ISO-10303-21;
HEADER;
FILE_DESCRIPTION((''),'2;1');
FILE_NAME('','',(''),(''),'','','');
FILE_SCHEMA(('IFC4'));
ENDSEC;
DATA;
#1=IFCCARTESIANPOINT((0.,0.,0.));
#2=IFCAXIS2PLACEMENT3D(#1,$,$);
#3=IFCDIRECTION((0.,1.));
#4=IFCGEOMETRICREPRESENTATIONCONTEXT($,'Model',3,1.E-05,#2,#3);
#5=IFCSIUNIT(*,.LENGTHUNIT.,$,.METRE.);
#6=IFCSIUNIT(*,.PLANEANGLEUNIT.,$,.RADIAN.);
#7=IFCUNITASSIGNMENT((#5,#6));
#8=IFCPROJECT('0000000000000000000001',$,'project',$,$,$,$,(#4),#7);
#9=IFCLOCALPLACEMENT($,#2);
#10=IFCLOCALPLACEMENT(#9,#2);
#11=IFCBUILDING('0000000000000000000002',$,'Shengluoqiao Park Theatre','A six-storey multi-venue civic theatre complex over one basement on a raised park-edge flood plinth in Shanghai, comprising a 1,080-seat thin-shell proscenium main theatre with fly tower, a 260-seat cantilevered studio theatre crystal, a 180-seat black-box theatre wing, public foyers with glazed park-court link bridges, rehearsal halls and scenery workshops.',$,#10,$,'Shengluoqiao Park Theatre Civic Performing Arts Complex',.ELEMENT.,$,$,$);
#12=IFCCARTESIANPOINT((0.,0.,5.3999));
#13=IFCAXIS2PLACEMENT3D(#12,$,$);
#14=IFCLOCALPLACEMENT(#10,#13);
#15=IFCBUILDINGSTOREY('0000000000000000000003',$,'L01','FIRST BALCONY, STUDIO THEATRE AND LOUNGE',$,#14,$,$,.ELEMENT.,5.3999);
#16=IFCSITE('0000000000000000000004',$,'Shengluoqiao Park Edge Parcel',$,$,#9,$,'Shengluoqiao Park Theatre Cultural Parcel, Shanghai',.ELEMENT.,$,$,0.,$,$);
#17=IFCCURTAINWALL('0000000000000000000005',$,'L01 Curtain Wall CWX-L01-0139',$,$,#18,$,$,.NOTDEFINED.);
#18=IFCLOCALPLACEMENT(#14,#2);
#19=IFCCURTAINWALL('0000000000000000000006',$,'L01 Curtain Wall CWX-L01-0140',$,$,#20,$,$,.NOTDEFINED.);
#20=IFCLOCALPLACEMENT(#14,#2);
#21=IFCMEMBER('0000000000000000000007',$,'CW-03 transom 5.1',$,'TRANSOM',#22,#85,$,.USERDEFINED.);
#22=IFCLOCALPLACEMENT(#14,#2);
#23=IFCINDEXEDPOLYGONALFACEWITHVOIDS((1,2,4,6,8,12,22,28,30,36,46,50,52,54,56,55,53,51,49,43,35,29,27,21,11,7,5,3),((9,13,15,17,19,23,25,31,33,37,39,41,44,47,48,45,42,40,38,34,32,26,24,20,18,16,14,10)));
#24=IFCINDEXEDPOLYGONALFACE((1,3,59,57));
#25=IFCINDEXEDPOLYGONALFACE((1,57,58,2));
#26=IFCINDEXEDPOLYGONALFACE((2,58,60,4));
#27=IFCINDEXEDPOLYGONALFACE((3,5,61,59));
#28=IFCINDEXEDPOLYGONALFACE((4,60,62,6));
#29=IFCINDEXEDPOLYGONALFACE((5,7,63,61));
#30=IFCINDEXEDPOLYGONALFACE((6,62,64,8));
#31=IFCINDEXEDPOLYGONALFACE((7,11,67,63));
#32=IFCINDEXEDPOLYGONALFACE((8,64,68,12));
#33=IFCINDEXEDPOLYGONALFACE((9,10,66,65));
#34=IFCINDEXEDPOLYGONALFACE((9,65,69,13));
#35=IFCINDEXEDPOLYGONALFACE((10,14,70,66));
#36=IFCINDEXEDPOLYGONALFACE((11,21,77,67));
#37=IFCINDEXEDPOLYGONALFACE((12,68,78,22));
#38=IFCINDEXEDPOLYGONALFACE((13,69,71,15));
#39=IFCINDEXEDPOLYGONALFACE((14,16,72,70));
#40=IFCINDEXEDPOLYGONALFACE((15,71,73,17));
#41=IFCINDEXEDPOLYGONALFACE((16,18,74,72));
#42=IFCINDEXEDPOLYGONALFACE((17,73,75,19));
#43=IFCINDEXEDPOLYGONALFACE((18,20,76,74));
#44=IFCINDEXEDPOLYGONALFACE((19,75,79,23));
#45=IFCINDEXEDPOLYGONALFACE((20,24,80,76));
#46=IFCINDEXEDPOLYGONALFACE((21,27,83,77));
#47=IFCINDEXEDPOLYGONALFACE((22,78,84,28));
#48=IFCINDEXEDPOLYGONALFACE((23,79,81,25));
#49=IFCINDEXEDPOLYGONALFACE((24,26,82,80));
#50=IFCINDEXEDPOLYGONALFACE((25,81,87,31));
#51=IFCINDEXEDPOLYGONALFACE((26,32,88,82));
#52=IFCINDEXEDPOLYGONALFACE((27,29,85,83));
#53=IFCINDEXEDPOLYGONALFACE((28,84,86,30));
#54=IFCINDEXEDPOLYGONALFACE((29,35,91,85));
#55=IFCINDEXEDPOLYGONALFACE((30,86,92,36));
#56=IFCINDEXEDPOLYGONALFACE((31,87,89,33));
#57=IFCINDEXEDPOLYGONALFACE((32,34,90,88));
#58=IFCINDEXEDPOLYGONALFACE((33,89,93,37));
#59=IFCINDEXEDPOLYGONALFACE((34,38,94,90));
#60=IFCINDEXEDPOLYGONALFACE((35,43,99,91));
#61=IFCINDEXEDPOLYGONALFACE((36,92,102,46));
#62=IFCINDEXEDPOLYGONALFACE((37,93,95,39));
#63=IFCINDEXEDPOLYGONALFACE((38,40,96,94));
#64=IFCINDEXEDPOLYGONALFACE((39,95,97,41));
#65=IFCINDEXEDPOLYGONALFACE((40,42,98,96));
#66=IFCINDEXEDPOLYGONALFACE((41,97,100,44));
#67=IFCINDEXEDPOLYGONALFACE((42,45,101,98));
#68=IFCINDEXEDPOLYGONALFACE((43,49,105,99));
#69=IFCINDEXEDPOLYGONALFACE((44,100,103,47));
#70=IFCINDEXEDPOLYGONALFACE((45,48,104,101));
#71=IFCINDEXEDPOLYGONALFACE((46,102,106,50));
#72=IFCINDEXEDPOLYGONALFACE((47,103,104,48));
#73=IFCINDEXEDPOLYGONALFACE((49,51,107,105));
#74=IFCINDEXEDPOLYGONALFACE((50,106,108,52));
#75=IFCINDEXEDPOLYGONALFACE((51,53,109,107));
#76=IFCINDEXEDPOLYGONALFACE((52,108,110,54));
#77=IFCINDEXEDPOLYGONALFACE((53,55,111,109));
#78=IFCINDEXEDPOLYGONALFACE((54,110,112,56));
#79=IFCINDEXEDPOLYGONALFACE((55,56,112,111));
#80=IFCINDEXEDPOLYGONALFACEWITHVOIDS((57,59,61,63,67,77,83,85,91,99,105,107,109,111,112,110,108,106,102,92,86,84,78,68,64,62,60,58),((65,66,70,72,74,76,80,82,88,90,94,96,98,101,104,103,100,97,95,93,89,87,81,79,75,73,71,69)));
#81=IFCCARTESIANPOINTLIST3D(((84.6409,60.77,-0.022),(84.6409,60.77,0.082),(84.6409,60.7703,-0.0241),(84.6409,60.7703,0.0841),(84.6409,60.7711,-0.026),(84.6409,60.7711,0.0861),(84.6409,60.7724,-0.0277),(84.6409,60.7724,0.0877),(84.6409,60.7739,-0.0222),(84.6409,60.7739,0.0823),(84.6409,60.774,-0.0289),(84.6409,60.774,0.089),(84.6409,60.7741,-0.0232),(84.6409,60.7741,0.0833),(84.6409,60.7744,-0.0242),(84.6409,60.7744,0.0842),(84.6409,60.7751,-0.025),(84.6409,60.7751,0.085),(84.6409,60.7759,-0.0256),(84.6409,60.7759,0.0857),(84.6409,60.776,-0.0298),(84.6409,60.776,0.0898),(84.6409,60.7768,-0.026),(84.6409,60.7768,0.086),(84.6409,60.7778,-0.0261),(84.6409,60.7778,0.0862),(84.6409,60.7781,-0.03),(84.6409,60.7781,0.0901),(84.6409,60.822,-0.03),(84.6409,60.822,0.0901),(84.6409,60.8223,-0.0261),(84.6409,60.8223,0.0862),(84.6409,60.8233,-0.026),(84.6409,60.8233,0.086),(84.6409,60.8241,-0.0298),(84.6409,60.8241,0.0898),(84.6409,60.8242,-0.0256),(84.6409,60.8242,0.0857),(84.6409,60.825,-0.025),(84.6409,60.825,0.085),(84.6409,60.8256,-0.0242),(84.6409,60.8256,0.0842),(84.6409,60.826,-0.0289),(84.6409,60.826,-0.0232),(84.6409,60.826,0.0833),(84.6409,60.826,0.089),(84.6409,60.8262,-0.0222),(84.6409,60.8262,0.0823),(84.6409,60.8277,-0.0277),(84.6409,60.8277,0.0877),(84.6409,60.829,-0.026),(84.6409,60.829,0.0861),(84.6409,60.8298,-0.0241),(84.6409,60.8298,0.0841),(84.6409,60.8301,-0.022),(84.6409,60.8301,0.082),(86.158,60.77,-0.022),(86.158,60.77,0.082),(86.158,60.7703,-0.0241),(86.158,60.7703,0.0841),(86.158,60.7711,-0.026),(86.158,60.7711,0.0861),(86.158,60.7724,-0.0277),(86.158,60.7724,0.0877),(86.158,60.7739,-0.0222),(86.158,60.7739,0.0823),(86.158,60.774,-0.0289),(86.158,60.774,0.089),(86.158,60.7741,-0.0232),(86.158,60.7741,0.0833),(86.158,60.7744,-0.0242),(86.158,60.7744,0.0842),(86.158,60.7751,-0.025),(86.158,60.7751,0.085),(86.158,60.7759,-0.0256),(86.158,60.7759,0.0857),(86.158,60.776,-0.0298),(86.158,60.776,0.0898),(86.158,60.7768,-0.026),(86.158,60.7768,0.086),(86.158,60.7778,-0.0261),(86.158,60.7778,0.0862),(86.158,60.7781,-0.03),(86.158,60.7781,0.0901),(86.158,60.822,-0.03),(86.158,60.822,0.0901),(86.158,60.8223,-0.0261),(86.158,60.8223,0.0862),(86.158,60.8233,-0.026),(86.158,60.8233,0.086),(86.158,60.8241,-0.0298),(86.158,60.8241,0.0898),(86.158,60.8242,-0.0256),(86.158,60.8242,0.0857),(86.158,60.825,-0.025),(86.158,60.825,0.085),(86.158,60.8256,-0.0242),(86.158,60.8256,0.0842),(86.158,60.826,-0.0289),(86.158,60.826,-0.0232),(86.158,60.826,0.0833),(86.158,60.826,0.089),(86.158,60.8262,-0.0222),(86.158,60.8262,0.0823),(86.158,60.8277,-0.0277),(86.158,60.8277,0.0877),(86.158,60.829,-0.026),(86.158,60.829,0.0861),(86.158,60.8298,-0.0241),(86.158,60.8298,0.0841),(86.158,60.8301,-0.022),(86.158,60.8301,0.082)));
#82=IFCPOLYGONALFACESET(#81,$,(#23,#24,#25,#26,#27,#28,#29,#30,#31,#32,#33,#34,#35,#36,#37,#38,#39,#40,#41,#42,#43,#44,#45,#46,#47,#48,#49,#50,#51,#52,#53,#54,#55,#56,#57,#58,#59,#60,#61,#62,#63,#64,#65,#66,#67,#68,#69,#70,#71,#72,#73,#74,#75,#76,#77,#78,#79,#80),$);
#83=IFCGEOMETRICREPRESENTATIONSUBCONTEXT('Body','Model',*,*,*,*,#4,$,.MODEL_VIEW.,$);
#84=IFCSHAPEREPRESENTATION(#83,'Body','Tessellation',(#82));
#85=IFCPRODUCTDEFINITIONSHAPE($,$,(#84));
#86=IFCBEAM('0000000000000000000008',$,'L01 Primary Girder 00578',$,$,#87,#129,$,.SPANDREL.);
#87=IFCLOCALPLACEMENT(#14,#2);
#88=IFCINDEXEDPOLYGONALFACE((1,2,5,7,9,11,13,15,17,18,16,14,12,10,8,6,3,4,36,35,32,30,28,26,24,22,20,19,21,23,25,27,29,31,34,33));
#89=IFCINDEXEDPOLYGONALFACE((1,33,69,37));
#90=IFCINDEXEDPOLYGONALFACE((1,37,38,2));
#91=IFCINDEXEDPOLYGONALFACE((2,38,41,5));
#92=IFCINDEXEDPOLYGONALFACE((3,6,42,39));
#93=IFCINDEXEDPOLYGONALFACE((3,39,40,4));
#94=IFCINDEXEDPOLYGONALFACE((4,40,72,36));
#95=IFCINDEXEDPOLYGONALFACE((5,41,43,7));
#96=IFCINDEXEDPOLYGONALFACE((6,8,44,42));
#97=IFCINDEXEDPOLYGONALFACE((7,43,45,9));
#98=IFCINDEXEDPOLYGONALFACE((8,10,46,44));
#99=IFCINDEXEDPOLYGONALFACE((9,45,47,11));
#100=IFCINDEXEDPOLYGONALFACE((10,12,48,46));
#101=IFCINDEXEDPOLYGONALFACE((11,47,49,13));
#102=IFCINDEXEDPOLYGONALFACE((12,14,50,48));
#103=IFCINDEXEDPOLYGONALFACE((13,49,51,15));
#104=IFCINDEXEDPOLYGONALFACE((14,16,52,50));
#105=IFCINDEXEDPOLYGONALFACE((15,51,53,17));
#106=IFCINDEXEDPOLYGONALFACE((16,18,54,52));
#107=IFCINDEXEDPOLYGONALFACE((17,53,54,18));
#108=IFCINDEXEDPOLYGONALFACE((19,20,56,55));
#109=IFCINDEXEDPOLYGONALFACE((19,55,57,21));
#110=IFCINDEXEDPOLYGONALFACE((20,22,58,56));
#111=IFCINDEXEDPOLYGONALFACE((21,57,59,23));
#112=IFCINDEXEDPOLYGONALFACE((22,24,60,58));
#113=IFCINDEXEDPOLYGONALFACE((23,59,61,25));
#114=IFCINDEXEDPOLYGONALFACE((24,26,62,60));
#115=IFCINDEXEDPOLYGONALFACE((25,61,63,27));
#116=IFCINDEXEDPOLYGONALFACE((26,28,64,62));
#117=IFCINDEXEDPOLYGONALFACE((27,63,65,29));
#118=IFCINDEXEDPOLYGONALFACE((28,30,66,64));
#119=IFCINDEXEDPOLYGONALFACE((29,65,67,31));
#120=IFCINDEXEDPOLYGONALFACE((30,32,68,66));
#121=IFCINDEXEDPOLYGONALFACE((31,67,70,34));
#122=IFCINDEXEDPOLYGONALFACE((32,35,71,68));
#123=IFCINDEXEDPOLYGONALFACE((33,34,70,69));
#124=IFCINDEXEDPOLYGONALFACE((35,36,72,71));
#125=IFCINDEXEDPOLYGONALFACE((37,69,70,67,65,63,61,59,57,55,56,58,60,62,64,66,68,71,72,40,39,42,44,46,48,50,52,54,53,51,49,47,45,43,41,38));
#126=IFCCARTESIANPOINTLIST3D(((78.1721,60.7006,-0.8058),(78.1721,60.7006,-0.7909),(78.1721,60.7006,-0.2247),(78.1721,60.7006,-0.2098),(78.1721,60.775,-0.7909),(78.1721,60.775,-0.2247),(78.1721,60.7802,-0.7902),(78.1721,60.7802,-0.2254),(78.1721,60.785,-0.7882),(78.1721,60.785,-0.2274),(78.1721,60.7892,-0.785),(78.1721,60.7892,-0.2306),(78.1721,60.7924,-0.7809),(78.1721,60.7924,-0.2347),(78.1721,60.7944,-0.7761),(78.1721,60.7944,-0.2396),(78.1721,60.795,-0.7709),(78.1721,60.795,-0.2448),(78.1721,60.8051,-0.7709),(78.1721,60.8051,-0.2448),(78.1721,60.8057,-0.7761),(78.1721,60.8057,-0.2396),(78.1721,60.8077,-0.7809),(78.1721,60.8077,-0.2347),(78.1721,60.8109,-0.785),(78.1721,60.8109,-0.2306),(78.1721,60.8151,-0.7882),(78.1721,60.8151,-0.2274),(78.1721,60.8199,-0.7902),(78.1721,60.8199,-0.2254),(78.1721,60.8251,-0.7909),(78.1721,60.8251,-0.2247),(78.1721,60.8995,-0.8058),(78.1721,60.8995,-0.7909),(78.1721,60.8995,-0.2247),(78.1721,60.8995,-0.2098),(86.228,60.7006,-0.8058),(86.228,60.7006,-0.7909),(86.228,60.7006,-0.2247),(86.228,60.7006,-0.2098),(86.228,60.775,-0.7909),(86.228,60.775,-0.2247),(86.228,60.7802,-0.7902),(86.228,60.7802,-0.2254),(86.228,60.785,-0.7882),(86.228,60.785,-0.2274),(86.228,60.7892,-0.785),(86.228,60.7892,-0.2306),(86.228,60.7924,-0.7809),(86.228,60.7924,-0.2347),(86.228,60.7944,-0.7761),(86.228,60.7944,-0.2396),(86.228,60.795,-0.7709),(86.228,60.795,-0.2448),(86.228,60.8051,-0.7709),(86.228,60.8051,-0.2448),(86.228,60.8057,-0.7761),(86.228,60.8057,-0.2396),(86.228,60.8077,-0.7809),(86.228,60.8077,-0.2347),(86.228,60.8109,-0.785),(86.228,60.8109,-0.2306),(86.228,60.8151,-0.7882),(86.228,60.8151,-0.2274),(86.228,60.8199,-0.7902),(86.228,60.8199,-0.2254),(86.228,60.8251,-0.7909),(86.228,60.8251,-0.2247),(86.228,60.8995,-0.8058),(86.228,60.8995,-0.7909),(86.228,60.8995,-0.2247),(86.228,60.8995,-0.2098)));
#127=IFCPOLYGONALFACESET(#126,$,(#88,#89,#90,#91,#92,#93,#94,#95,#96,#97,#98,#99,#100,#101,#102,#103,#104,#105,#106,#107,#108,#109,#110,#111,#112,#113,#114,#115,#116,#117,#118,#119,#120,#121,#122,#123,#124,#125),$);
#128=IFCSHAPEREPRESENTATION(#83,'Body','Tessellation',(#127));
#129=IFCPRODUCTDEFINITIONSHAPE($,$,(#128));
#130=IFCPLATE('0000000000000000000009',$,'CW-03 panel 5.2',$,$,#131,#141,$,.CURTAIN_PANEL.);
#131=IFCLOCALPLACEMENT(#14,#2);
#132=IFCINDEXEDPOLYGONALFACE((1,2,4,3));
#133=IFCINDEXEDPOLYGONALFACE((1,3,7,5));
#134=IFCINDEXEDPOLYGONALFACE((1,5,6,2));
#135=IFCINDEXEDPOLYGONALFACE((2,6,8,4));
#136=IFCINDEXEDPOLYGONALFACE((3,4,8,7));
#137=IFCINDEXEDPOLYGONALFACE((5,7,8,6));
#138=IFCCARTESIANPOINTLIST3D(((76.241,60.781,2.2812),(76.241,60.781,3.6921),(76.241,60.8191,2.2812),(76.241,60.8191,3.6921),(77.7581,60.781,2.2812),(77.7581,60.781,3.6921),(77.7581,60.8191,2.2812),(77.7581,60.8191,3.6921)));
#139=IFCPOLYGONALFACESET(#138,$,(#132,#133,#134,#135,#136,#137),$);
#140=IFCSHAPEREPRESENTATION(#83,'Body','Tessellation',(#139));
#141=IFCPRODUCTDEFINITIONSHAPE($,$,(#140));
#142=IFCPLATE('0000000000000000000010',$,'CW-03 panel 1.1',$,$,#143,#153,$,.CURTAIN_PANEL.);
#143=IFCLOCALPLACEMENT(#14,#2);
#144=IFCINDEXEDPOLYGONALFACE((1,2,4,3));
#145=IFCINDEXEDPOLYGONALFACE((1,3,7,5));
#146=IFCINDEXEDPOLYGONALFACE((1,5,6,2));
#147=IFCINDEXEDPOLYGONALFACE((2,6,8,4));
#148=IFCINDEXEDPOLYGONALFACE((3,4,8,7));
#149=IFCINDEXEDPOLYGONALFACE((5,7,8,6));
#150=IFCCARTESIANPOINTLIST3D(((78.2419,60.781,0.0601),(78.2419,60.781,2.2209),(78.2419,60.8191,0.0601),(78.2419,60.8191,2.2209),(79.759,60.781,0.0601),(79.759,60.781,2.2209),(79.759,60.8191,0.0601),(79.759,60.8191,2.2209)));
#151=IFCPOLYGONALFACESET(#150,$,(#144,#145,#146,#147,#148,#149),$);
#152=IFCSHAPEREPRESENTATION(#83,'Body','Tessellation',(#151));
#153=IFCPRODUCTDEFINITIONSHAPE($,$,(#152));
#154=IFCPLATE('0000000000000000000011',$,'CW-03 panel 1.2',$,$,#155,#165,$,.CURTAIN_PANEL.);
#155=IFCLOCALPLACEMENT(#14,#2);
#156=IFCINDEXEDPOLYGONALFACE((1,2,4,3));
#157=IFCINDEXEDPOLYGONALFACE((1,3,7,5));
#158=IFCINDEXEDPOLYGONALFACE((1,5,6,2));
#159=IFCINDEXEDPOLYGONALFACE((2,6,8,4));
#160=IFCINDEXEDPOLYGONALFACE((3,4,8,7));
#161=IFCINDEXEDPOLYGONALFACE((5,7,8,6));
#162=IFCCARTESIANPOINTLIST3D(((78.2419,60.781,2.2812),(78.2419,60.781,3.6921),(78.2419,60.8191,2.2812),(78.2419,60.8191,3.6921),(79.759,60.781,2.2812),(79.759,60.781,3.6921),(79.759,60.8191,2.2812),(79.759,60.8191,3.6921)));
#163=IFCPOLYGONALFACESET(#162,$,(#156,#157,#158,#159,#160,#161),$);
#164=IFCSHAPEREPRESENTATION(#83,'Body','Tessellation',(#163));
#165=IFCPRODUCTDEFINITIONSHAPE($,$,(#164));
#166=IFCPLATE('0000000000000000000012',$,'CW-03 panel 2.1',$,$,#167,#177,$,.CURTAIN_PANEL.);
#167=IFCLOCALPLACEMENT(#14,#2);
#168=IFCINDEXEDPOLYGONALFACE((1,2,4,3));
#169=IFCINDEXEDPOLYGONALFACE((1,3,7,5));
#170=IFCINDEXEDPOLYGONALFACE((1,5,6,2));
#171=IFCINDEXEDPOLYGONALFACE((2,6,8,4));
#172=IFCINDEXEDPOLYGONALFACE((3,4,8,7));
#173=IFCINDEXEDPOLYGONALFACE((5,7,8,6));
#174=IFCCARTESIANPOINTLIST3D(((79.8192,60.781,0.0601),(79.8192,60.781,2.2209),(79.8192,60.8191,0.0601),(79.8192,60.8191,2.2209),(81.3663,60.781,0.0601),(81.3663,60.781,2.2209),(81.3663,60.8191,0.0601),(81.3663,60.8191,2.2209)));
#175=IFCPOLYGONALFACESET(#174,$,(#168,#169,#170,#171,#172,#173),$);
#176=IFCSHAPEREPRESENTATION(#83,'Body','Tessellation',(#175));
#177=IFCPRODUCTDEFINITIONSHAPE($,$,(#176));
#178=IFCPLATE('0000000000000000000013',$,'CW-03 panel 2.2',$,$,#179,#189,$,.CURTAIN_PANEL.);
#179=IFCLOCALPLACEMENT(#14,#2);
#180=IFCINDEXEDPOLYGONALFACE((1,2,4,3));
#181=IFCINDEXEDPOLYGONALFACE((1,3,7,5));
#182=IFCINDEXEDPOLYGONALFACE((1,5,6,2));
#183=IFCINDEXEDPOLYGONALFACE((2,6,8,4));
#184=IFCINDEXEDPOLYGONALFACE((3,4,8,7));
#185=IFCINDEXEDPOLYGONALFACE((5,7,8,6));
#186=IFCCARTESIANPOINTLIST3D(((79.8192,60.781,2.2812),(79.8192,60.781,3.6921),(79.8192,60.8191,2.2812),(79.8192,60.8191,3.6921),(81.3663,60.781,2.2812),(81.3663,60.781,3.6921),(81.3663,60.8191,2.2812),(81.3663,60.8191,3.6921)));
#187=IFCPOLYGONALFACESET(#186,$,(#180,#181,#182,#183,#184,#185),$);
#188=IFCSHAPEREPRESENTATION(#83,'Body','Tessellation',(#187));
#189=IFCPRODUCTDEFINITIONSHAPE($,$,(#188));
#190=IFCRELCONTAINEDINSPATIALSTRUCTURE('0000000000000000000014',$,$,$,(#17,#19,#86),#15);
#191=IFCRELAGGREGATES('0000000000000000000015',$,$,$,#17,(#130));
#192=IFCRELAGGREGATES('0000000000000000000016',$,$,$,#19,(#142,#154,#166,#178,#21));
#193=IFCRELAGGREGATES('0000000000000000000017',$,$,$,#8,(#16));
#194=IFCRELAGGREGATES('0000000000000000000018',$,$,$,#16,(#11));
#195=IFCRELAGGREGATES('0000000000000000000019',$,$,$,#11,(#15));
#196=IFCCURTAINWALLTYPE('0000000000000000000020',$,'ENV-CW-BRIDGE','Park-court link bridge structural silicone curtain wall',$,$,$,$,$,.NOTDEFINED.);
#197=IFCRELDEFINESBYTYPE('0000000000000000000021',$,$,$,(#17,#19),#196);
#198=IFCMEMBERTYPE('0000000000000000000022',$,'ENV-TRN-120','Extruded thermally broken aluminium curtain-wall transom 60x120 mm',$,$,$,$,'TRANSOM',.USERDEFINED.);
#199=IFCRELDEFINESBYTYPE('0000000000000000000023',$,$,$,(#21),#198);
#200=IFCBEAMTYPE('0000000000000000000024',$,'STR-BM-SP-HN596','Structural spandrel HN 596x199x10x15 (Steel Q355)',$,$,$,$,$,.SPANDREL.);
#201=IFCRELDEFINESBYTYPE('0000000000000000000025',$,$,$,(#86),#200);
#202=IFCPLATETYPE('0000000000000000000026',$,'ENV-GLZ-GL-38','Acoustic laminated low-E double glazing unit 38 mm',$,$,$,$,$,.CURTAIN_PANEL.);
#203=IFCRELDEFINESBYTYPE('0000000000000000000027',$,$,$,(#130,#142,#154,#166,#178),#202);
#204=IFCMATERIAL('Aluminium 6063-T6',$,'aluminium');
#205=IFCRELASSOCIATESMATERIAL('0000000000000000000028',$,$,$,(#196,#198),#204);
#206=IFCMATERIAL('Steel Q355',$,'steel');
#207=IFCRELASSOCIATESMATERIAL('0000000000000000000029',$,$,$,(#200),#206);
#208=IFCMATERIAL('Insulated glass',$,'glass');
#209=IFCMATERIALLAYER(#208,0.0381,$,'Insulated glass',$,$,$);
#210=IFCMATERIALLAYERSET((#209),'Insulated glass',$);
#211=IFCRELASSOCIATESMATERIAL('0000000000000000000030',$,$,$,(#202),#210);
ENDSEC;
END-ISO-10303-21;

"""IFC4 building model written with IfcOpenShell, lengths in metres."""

from ifc_helpers import new_model, si_unit, direction, frame, origin, origin_2d, place, context, subcontext, project, spatial, rectangle, hollow_rectangle, i_section, extrude, material, layer, layer_set, material_profile, profile_set, type_object, element, aggregate, save


model = new_model("IFC4")

# Units and contexts
model_context = context("Model", 3, precision=1e-05, world=origin(), true_north=direction((0.0, 1.0)))
body_context = subcontext(model_context, "Body", "Model", "MODEL_VIEW")
ifc_project = project(units=[si_unit("LENGTHUNIT", "METRE"), si_unit("PLANEANGLEUNIT", "RADIAN")], contexts=[model_context])

# Site, building, storey
site_placement = place(None, origin())
site = spatial("IfcSite", under=ifc_project, at=site_placement, Name="Shengluoqiao Park Edge Parcel", LongName="Shengluoqiao Park Theatre Cultural Parcel, Shanghai", CompositionType="ELEMENT", RefElevation=0.0)
building_placement = place(site_placement, origin())
building = spatial("IfcBuilding", under=site, at=building_placement, Name="Shengluoqiao Park Theatre", Description="A six-storey multi-venue civic theatre complex over one basement on a raised park-edge flood plinth in Shanghai, comprising a 1,080-seat thin-shell proscenium main theatre with fly tower, a 260-seat cantilevered studio theatre crystal, a 180-seat black-box theatre wing, public foyers with glazed park-court link bridges, rehearsal halls and scenery workshops.", LongName="Shengluoqiao Park Theatre Civic Performing Arts Complex", CompositionType="ELEMENT")
storey_placement = place(building_placement, frame((0.0, 0.0, 5.3999)))
storey = spatial("IfcBuildingStorey", under=building, at=storey_placement, Name="L01", Description="FIRST BALCONY, STUDIO THEATRE AND LOUNGE", CompositionType="ELEMENT", Elevation=5.3999)

# Shared definitions
ifc_material_1 = material(Name="Steel Q355", Category="steel")

# Curtain wall
ifc_material_2 = material(Name="Aluminium 6063-T6", Category="aluminium")
curtain_wall_type = type_object("IfcCurtainWallType", Name="ENV-CW-BRIDGE", Description="Park-court link bridge structural silicone curtain wall", PredefinedType="NOTDEFINED", material=ifc_material_2)
curtain_wall_1_placement = place(storey_placement, origin())
curtain_wall_1 = element("IfcCurtainWall", 1, at=curtain_wall_1_placement, inside=storey, type_object=curtain_wall_type, Name="L01 Curtain Wall CWX-L01-0139", PredefinedType="NOTDEFINED")

# Curtain wall, member
curtain_wall_2_placement = place(storey_placement, origin())
curtain_wall_2 = element("IfcCurtainWall", 2, at=curtain_wall_2_placement, inside=storey, type_object=curtain_wall_type, Name="L01 Curtain Wall CWX-L01-0140", PredefinedType="NOTDEFINED")
ifc_material_profile_1 = material_profile(ifc_material_2, hollow_rectangle(XDim=0.0601, YDim=0.1201, WallThickness=0.0039, InnerFilletRadius=0.0039, OuterFilletRadius=0.0081, at=origin_2d()), Name="ALU TRANSOM 120x60x4")
ifc_profile_set_1 = profile_set([ifc_material_profile_1], Name="Aluminium 6063-T6")
member_type_1 = type_object("IfcMemberType", Name="ENV-TRN-120", Description="Extruded thermally broken aluminium curtain-wall transom 60x120 mm", ElementType="TRANSOM", PredefinedType="USERDEFINED", material=ifc_profile_set_1)
member_1_placement = place(storey_placement, frame((84.6409, 60.8, 0.03), z_axis=(1.0, 0.0, 0.0), x_axis=(0.0, 1.0, 0.0)))
member_1 = element("IfcMember", 3, at=member_1_placement, type_object=member_type_1, Name="CW-03 transom 5.1", ObjectType="TRANSOM", PredefinedType="USERDEFINED", context=body_context, shape_type="SweptSolid", body=[
    extrude(hollow_rectangle(XDim=0.0601, YDim=0.1201, WallThickness=0.0039, InnerFilletRadius=0.0039, OuterFilletRadius=0.0081, at=origin_2d()), origin(), (0.0, 0.0, 1.0), 1.5171),
])

# Beam
ifc_material_profile_2 = material_profile(ifc_material_1, i_section(OverallWidth=0.199, OverallDepth=0.5959, WebThickness=0.01, FlangeThickness=0.0149, FilletRadius=0.02, at=origin_2d()), Name="HN 596x199x10x15")
ifc_profile_set_2 = profile_set([ifc_material_profile_2], Name="Steel Q355")
beam_type = type_object("IfcBeamType", Name="STR-BM-SP-HN596", Description="Structural spandrel HN 596x199x10x15 (Steel Q355)", PredefinedType="SPANDREL", material=ifc_profile_set_2)
beam_placement = place(storey_placement, frame((78.1721, 60.8, -0.5078), z_axis=(1.0, 0.0, 0.0), x_axis=(0.0, 1.0, 0.0)))
element("IfcBeam", 4, at=beam_placement, inside=storey, type_object=beam_type, Name="L01 Primary Girder 00578", PredefinedType="SPANDREL", context=body_context, shape_type="SweptSolid", body=[
    extrude(i_section(OverallWidth=0.199, OverallDepth=0.5959, WebThickness=0.01, FlangeThickness=0.0149, FilletRadius=0.02, at=origin_2d()), origin(), (0.0, 0.0, 1.0), 8.0559),
])

# Plates
ifc_material_3 = material(Name="Insulated glass", Category="glass")
ifc_layer_1 = layer(ifc_material_3, 0.0381, Name="Insulated glass")
ifc_layer_set_1 = layer_set([ifc_layer_1], Name="Insulated glass")
plate_type_1 = type_object("IfcPlateType", Name="ENV-GLZ-GL-38", Description="Acoustic laminated low-E double glazing unit 38 mm", PredefinedType="CURTAIN_PANEL", material=ifc_layer_set_1)
plate_1_placement = place(storey_placement, frame((76.9995, 60.8, 2.2812), z_axis=(0.0, 0.0, 1.0), x_axis=(1.0, 0.0, 0.0)))
plate_1 = element("IfcPlate", 5, at=plate_1_placement, type_object=plate_type_1, Name="CW-03 panel 5.2", PredefinedType="CURTAIN_PANEL", context=body_context, shape_type="SweptSolid", body=[
    extrude(rectangle(XDim=1.5171, YDim=0.0381, at=origin_2d()), origin(), (0.0, 0.0, 1.0), 1.4109),
])
aggregate(curtain_wall_1, [plate_1])
plate_2_placement = place(storey_placement, frame((79.0005, 60.8, 0.0601), z_axis=(0.0, 0.0, 1.0), x_axis=(1.0, 0.0, 0.0)))
plate_2 = element("IfcPlate", 6, at=plate_2_placement, type_object=plate_type_1, Name="CW-03 panel 1.1", PredefinedType="CURTAIN_PANEL", context=body_context, shape_type="SweptSolid", body=[
    extrude(rectangle(XDim=1.5171, YDim=0.0381, at=origin_2d()), origin(), (0.0, 0.0, 1.0), 2.1609),
])
plate_3_placement = place(storey_placement, frame((79.0005, 60.8, 2.2812), z_axis=(0.0, 0.0, 1.0), x_axis=(1.0, 0.0, 0.0)))
plate_3 = element("IfcPlate", 7, at=plate_3_placement, type_object=plate_type_1, Name="CW-03 panel 1.2", PredefinedType="CURTAIN_PANEL", context=body_context, shape_type="SweptSolid", body=[
    extrude(rectangle(XDim=1.5171, YDim=0.0381, at=origin_2d()), origin(), (0.0, 0.0, 1.0), 1.4109),
])
plate_4_placement = place(storey_placement, frame((80.5928, 60.8, 0.0601), z_axis=(0.0, 0.0, 1.0), x_axis=(1.0, 0.0, 0.0)))
plate_4 = element("IfcPlate", 8, at=plate_4_placement, type_object=plate_type_1, Name="CW-03 panel 2.1", PredefinedType="CURTAIN_PANEL", context=body_context, shape_type="SweptSolid", body=[
    extrude(rectangle(XDim=1.5471, YDim=0.0381, at=origin_2d()), origin(), (0.0, 0.0, 1.0), 2.1609),
])
plate_5_placement = place(storey_placement, frame((80.5928, 60.8, 2.2812), z_axis=(0.0, 0.0, 1.0), x_axis=(1.0, 0.0, 0.0)))
plate_5 = element("IfcPlate", 9, at=plate_5_placement, type_object=plate_type_1, Name="CW-03 panel 2.2", PredefinedType="CURTAIN_PANEL", context=body_context, shape_type="SweptSolid", body=[
    extrude(rectangle(XDim=1.5471, YDim=0.0381, at=origin_2d()), origin(), (0.0, 0.0, 1.0), 1.4109),
])
aggregate(curtain_wall_2, [plate_2, plate_3, plate_4, plate_5, member_1])

save(model, "model.ifc")
